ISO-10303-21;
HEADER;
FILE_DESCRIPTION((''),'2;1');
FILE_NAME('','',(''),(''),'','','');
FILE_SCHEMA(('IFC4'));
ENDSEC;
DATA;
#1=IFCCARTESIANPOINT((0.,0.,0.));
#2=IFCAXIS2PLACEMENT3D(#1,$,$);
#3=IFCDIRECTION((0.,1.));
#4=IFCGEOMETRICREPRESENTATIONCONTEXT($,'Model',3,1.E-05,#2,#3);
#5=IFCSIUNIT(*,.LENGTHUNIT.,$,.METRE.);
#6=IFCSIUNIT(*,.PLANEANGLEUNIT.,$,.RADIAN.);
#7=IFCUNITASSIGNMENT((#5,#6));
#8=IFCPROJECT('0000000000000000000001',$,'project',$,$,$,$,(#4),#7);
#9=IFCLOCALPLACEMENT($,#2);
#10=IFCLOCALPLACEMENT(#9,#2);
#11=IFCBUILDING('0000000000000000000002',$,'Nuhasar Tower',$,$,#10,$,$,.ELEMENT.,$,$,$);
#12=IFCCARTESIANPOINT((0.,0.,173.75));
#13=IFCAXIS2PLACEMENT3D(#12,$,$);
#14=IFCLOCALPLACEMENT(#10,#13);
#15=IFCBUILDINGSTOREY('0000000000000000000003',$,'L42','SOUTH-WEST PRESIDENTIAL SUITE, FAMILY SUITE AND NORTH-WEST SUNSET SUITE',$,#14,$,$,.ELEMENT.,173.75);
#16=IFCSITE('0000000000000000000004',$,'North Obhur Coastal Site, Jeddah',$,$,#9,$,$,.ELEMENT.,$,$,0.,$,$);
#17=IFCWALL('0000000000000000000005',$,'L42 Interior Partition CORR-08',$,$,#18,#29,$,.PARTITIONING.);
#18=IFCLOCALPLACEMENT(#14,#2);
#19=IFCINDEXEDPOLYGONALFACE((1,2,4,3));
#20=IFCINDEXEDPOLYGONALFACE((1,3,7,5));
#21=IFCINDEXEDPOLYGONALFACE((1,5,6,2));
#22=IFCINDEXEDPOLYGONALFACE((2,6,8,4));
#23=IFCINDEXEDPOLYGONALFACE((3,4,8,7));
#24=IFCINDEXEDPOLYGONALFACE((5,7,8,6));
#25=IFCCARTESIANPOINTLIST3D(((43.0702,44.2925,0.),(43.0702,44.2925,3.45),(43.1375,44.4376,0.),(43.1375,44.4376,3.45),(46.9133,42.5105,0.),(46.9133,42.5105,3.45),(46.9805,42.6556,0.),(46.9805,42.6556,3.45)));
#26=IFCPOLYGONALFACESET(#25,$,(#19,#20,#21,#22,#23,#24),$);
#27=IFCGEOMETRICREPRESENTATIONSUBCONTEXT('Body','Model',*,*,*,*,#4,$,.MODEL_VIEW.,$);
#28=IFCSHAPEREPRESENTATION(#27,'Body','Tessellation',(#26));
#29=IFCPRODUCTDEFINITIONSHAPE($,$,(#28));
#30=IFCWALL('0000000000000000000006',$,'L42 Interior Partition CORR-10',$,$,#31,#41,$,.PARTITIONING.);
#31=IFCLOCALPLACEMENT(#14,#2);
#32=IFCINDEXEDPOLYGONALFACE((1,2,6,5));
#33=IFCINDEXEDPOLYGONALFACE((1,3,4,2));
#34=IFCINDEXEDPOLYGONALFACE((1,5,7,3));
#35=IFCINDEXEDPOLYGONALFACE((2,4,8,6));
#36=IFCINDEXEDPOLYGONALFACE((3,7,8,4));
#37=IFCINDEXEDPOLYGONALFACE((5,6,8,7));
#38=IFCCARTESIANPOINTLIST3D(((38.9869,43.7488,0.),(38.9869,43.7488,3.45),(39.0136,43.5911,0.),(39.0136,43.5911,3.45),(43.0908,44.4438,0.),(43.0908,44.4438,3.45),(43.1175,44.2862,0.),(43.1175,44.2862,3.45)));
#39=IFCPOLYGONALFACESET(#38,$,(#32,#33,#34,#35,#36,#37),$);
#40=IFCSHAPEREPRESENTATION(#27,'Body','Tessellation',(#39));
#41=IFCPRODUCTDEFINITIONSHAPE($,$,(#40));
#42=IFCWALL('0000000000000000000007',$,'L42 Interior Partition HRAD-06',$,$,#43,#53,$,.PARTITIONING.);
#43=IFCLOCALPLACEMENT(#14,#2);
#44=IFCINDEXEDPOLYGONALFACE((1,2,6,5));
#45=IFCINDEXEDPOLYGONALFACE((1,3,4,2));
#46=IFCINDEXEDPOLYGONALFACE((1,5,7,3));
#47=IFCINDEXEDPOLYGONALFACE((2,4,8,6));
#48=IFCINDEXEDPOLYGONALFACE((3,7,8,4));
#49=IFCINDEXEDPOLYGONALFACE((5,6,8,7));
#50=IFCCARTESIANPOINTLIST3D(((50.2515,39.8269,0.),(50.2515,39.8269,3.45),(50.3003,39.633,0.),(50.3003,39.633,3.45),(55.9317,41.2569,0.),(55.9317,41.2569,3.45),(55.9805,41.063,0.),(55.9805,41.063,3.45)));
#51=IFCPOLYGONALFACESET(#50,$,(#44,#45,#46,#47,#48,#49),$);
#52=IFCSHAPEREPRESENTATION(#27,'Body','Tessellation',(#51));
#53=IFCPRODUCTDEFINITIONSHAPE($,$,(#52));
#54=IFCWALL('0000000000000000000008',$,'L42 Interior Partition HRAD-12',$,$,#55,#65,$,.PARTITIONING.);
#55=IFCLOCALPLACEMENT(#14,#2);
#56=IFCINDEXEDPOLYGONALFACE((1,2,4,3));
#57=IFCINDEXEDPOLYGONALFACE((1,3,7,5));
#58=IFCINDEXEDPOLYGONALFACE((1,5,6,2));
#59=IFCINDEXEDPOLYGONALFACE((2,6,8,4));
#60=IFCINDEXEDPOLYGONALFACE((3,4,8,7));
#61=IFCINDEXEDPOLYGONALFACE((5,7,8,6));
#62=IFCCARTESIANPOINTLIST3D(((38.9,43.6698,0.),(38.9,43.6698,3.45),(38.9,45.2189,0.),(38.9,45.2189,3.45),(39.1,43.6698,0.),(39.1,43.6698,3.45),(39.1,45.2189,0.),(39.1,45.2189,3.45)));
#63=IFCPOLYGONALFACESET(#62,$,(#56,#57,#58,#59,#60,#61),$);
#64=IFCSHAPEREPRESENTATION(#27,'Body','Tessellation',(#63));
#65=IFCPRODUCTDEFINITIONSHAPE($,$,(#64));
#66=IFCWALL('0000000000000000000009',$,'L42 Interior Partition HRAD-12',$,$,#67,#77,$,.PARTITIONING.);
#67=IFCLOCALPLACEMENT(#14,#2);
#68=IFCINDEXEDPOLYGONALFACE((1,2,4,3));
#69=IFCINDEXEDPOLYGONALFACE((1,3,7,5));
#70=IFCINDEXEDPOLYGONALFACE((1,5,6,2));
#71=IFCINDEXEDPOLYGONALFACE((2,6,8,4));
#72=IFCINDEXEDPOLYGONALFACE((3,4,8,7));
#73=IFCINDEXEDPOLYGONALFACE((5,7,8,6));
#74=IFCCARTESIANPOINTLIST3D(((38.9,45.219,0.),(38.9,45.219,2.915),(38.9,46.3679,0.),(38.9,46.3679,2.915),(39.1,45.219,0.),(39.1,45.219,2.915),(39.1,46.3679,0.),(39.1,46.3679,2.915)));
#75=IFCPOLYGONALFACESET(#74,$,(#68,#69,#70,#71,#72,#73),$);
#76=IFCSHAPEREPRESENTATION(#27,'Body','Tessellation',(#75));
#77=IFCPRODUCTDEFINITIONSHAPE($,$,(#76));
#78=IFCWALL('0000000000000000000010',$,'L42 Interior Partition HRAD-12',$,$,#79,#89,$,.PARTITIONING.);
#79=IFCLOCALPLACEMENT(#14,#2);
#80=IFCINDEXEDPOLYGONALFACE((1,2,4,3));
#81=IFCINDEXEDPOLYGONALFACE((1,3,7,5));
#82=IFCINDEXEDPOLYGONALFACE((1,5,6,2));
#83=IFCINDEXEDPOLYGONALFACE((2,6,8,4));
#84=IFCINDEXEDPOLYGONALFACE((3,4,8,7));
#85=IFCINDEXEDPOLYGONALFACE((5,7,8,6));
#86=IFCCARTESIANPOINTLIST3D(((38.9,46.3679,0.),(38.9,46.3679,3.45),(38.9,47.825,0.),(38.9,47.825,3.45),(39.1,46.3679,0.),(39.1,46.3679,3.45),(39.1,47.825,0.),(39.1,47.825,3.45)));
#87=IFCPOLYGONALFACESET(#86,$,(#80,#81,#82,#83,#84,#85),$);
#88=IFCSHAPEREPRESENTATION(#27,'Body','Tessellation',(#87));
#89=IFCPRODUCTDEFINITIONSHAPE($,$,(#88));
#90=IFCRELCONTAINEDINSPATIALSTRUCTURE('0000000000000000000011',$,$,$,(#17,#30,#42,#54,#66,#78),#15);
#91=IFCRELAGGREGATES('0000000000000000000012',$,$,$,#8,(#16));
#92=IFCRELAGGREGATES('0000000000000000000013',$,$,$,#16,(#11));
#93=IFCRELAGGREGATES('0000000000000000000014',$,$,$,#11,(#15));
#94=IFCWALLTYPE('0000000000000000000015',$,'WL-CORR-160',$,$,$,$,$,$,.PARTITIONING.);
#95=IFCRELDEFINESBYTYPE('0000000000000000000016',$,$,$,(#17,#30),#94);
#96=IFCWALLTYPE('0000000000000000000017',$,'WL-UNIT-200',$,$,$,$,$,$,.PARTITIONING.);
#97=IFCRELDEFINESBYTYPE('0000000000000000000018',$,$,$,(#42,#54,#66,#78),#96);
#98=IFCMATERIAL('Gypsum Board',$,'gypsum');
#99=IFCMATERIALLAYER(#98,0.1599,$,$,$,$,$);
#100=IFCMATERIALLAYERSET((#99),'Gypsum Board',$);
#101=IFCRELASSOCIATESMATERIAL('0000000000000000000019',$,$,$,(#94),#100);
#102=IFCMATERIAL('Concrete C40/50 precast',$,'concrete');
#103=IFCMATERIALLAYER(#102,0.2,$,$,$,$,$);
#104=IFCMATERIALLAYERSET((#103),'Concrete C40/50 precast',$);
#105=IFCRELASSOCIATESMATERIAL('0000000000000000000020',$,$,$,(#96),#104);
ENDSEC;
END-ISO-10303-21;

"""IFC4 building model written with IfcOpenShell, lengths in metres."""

from ifc_helpers import new_model, si_unit, direction, frame, frame_2d, origin, place, context, subcontext, project, spatial, rectangle, extrude, material, layer, layer_set, type_object, element, save


model = new_model("IFC4")

# Units and contexts
model_context = context("Model", 3, precision=1e-05, world=origin(), true_north=direction((0.0, 1.0)))
body_context = subcontext(model_context, "Body", "Model", "MODEL_VIEW")
ifc_project = project(units=[si_unit("LENGTHUNIT", "METRE"), si_unit("PLANEANGLEUNIT", "RADIAN")], contexts=[model_context])

# Site, building, storey
site_placement = place(None, origin())
site = spatial("IfcSite", under=ifc_project, at=site_placement, Name="North Obhur Coastal Site, Jeddah", CompositionType="ELEMENT", RefElevation=0.0)
building_placement = place(site_placement, origin())
building = spatial("IfcBuilding", under=site, at=building_placement, Name="Nuhasar Tower", CompositionType="ELEMENT")
storey_placement = place(building_placement, frame((0.0, 0.0, 173.75)))
storey = spatial("IfcBuildingStorey", under=building, at=storey_placement, Name="L42", Description="SOUTH-WEST PRESIDENTIAL SUITE, FAMILY SUITE AND NORTH-WEST SUNSET SUITE", CompositionType="ELEMENT", Elevation=173.75)

# Shared definitions
ifc_material_1 = material(Name="Gypsum Board", Category="gypsum")
ifc_layer_1 = layer(ifc_material_1, 0.1599)
ifc_layer_set_1 = layer_set([ifc_layer_1], Name="Gypsum Board")
wall_type_1 = type_object("IfcWallType", Name="WL-CORR-160", PredefinedType="PARTITIONING", material=ifc_layer_set_1)

# Walls
wall_1_placement = place(storey_placement, frame((46.947, 42.583, 0.0), z_axis=(0.0, 0.0, 1.0), x_axis=(-0.907214, 0.420669, 0.0)))
element("IfcWall", 1, at=wall_1_placement, inside=storey, type_object=wall_type_1, Name="L42 Interior Partition CORR-08", PredefinedType="PARTITIONING", context=body_context, shape_type="SweptSolid", body=[
    extrude(rectangle(XDim=4.2361, YDim=0.1599, at=frame_2d((2.1182, 0.0))), origin(), (0.0, 0.0, 1.0), 3.45),
])
wall_2_placement = place(storey_placement, frame((43.104, 44.365, 0.0), z_axis=(0.0, 0.0, 1.0), x_axis=(-0.985959, -0.166986, 0.0)))
element("IfcWall", 2, at=wall_2_placement, inside=storey, type_object=wall_type_1, Name="L42 Interior Partition CORR-10", PredefinedType="PARTITIONING", context=body_context, shape_type="SweptSolid", body=[
    extrude(rectangle(XDim=4.1624, YDim=0.1599, at=frame_2d((2.0811, 0.0))), origin(), (0.0, 0.0, 1.0), 3.45),
])
ifc_material_2 = material(Name="Concrete C40/50 precast", Category="concrete")
ifc_layer_2 = layer(ifc_material_2, 0.2)
ifc_layer_set_2 = layer_set([ifc_layer_2], Name="Concrete C40/50 precast")
wall_type_2 = type_object("IfcWallType", Name="WL-UNIT-200", PredefinedType="PARTITIONING", material=ifc_layer_set_2)
wall_3_placement = place(storey_placement, frame((50.2759, 39.73, 0.0), z_axis=(0.0, 0.0, 1.0), x_axis=(0.969744, 0.244124, 0.0)))
element("IfcWall", 3, at=wall_3_placement, inside=storey, type_object=wall_type_2, Name="L42 Interior Partition HRAD-06", PredefinedType="PARTITIONING", context=body_context, shape_type="SweptSolid", body=[
    extrude(rectangle(XDim=5.8574, YDim=0.2, at=frame_2d((2.9287, 0.0))), origin(), (0.0, 0.0, 1.0), 3.45),
])
wall_4_placement = place(storey_placement, frame((39.0, 43.6699, 0.0), z_axis=(0.0, 0.0, 1.0), x_axis=(0.0, 1.0, 0.0)))
element("IfcWall", 4, at=wall_4_placement, inside=storey, type_object=wall_type_2, Name="L42 Interior Partition HRAD-12", PredefinedType="PARTITIONING", context=body_context, shape_type="SweptSolid", body=[
    extrude(rectangle(XDim=1.5491, YDim=0.2, at=frame_2d((0.7744, 0.0))), origin(), (0.0, 0.0, 1.0), 3.45),
])
wall_5_placement = place(storey_placement, frame((39.0, 45.219, 0.0), z_axis=(0.0, 0.0, 1.0), x_axis=(0.0, 1.0, 0.0)))
element("IfcWall", 5, at=wall_5_placement, inside=storey, type_object=wall_type_2, Name="L42 Interior Partition HRAD-12", PredefinedType="PARTITIONING", context=body_context, shape_type="SweptSolid", body=[
    extrude(rectangle(XDim=1.1489, YDim=0.2, at=frame_2d((0.5745, 0.0))), origin(), (0.0, 0.0, 1.0), 2.915),
])
wall_6_placement = place(storey_placement, frame((39.0, 46.3679, 0.0), z_axis=(0.0, 0.0, 1.0), x_axis=(0.0, 1.0, 0.0)))
element("IfcWall", 6, at=wall_6_placement, inside=storey, type_object=wall_type_2, Name="L42 Interior Partition HRAD-12", PredefinedType="PARTITIONING", context=body_context, shape_type="SweptSolid", body=[
    extrude(rectangle(XDim=1.457, YDim=0.2, at=frame_2d((0.7285, 0.0))), origin(), (0.0, 0.0, 1.0), 3.45),
])

save(model, "model.ifc")
